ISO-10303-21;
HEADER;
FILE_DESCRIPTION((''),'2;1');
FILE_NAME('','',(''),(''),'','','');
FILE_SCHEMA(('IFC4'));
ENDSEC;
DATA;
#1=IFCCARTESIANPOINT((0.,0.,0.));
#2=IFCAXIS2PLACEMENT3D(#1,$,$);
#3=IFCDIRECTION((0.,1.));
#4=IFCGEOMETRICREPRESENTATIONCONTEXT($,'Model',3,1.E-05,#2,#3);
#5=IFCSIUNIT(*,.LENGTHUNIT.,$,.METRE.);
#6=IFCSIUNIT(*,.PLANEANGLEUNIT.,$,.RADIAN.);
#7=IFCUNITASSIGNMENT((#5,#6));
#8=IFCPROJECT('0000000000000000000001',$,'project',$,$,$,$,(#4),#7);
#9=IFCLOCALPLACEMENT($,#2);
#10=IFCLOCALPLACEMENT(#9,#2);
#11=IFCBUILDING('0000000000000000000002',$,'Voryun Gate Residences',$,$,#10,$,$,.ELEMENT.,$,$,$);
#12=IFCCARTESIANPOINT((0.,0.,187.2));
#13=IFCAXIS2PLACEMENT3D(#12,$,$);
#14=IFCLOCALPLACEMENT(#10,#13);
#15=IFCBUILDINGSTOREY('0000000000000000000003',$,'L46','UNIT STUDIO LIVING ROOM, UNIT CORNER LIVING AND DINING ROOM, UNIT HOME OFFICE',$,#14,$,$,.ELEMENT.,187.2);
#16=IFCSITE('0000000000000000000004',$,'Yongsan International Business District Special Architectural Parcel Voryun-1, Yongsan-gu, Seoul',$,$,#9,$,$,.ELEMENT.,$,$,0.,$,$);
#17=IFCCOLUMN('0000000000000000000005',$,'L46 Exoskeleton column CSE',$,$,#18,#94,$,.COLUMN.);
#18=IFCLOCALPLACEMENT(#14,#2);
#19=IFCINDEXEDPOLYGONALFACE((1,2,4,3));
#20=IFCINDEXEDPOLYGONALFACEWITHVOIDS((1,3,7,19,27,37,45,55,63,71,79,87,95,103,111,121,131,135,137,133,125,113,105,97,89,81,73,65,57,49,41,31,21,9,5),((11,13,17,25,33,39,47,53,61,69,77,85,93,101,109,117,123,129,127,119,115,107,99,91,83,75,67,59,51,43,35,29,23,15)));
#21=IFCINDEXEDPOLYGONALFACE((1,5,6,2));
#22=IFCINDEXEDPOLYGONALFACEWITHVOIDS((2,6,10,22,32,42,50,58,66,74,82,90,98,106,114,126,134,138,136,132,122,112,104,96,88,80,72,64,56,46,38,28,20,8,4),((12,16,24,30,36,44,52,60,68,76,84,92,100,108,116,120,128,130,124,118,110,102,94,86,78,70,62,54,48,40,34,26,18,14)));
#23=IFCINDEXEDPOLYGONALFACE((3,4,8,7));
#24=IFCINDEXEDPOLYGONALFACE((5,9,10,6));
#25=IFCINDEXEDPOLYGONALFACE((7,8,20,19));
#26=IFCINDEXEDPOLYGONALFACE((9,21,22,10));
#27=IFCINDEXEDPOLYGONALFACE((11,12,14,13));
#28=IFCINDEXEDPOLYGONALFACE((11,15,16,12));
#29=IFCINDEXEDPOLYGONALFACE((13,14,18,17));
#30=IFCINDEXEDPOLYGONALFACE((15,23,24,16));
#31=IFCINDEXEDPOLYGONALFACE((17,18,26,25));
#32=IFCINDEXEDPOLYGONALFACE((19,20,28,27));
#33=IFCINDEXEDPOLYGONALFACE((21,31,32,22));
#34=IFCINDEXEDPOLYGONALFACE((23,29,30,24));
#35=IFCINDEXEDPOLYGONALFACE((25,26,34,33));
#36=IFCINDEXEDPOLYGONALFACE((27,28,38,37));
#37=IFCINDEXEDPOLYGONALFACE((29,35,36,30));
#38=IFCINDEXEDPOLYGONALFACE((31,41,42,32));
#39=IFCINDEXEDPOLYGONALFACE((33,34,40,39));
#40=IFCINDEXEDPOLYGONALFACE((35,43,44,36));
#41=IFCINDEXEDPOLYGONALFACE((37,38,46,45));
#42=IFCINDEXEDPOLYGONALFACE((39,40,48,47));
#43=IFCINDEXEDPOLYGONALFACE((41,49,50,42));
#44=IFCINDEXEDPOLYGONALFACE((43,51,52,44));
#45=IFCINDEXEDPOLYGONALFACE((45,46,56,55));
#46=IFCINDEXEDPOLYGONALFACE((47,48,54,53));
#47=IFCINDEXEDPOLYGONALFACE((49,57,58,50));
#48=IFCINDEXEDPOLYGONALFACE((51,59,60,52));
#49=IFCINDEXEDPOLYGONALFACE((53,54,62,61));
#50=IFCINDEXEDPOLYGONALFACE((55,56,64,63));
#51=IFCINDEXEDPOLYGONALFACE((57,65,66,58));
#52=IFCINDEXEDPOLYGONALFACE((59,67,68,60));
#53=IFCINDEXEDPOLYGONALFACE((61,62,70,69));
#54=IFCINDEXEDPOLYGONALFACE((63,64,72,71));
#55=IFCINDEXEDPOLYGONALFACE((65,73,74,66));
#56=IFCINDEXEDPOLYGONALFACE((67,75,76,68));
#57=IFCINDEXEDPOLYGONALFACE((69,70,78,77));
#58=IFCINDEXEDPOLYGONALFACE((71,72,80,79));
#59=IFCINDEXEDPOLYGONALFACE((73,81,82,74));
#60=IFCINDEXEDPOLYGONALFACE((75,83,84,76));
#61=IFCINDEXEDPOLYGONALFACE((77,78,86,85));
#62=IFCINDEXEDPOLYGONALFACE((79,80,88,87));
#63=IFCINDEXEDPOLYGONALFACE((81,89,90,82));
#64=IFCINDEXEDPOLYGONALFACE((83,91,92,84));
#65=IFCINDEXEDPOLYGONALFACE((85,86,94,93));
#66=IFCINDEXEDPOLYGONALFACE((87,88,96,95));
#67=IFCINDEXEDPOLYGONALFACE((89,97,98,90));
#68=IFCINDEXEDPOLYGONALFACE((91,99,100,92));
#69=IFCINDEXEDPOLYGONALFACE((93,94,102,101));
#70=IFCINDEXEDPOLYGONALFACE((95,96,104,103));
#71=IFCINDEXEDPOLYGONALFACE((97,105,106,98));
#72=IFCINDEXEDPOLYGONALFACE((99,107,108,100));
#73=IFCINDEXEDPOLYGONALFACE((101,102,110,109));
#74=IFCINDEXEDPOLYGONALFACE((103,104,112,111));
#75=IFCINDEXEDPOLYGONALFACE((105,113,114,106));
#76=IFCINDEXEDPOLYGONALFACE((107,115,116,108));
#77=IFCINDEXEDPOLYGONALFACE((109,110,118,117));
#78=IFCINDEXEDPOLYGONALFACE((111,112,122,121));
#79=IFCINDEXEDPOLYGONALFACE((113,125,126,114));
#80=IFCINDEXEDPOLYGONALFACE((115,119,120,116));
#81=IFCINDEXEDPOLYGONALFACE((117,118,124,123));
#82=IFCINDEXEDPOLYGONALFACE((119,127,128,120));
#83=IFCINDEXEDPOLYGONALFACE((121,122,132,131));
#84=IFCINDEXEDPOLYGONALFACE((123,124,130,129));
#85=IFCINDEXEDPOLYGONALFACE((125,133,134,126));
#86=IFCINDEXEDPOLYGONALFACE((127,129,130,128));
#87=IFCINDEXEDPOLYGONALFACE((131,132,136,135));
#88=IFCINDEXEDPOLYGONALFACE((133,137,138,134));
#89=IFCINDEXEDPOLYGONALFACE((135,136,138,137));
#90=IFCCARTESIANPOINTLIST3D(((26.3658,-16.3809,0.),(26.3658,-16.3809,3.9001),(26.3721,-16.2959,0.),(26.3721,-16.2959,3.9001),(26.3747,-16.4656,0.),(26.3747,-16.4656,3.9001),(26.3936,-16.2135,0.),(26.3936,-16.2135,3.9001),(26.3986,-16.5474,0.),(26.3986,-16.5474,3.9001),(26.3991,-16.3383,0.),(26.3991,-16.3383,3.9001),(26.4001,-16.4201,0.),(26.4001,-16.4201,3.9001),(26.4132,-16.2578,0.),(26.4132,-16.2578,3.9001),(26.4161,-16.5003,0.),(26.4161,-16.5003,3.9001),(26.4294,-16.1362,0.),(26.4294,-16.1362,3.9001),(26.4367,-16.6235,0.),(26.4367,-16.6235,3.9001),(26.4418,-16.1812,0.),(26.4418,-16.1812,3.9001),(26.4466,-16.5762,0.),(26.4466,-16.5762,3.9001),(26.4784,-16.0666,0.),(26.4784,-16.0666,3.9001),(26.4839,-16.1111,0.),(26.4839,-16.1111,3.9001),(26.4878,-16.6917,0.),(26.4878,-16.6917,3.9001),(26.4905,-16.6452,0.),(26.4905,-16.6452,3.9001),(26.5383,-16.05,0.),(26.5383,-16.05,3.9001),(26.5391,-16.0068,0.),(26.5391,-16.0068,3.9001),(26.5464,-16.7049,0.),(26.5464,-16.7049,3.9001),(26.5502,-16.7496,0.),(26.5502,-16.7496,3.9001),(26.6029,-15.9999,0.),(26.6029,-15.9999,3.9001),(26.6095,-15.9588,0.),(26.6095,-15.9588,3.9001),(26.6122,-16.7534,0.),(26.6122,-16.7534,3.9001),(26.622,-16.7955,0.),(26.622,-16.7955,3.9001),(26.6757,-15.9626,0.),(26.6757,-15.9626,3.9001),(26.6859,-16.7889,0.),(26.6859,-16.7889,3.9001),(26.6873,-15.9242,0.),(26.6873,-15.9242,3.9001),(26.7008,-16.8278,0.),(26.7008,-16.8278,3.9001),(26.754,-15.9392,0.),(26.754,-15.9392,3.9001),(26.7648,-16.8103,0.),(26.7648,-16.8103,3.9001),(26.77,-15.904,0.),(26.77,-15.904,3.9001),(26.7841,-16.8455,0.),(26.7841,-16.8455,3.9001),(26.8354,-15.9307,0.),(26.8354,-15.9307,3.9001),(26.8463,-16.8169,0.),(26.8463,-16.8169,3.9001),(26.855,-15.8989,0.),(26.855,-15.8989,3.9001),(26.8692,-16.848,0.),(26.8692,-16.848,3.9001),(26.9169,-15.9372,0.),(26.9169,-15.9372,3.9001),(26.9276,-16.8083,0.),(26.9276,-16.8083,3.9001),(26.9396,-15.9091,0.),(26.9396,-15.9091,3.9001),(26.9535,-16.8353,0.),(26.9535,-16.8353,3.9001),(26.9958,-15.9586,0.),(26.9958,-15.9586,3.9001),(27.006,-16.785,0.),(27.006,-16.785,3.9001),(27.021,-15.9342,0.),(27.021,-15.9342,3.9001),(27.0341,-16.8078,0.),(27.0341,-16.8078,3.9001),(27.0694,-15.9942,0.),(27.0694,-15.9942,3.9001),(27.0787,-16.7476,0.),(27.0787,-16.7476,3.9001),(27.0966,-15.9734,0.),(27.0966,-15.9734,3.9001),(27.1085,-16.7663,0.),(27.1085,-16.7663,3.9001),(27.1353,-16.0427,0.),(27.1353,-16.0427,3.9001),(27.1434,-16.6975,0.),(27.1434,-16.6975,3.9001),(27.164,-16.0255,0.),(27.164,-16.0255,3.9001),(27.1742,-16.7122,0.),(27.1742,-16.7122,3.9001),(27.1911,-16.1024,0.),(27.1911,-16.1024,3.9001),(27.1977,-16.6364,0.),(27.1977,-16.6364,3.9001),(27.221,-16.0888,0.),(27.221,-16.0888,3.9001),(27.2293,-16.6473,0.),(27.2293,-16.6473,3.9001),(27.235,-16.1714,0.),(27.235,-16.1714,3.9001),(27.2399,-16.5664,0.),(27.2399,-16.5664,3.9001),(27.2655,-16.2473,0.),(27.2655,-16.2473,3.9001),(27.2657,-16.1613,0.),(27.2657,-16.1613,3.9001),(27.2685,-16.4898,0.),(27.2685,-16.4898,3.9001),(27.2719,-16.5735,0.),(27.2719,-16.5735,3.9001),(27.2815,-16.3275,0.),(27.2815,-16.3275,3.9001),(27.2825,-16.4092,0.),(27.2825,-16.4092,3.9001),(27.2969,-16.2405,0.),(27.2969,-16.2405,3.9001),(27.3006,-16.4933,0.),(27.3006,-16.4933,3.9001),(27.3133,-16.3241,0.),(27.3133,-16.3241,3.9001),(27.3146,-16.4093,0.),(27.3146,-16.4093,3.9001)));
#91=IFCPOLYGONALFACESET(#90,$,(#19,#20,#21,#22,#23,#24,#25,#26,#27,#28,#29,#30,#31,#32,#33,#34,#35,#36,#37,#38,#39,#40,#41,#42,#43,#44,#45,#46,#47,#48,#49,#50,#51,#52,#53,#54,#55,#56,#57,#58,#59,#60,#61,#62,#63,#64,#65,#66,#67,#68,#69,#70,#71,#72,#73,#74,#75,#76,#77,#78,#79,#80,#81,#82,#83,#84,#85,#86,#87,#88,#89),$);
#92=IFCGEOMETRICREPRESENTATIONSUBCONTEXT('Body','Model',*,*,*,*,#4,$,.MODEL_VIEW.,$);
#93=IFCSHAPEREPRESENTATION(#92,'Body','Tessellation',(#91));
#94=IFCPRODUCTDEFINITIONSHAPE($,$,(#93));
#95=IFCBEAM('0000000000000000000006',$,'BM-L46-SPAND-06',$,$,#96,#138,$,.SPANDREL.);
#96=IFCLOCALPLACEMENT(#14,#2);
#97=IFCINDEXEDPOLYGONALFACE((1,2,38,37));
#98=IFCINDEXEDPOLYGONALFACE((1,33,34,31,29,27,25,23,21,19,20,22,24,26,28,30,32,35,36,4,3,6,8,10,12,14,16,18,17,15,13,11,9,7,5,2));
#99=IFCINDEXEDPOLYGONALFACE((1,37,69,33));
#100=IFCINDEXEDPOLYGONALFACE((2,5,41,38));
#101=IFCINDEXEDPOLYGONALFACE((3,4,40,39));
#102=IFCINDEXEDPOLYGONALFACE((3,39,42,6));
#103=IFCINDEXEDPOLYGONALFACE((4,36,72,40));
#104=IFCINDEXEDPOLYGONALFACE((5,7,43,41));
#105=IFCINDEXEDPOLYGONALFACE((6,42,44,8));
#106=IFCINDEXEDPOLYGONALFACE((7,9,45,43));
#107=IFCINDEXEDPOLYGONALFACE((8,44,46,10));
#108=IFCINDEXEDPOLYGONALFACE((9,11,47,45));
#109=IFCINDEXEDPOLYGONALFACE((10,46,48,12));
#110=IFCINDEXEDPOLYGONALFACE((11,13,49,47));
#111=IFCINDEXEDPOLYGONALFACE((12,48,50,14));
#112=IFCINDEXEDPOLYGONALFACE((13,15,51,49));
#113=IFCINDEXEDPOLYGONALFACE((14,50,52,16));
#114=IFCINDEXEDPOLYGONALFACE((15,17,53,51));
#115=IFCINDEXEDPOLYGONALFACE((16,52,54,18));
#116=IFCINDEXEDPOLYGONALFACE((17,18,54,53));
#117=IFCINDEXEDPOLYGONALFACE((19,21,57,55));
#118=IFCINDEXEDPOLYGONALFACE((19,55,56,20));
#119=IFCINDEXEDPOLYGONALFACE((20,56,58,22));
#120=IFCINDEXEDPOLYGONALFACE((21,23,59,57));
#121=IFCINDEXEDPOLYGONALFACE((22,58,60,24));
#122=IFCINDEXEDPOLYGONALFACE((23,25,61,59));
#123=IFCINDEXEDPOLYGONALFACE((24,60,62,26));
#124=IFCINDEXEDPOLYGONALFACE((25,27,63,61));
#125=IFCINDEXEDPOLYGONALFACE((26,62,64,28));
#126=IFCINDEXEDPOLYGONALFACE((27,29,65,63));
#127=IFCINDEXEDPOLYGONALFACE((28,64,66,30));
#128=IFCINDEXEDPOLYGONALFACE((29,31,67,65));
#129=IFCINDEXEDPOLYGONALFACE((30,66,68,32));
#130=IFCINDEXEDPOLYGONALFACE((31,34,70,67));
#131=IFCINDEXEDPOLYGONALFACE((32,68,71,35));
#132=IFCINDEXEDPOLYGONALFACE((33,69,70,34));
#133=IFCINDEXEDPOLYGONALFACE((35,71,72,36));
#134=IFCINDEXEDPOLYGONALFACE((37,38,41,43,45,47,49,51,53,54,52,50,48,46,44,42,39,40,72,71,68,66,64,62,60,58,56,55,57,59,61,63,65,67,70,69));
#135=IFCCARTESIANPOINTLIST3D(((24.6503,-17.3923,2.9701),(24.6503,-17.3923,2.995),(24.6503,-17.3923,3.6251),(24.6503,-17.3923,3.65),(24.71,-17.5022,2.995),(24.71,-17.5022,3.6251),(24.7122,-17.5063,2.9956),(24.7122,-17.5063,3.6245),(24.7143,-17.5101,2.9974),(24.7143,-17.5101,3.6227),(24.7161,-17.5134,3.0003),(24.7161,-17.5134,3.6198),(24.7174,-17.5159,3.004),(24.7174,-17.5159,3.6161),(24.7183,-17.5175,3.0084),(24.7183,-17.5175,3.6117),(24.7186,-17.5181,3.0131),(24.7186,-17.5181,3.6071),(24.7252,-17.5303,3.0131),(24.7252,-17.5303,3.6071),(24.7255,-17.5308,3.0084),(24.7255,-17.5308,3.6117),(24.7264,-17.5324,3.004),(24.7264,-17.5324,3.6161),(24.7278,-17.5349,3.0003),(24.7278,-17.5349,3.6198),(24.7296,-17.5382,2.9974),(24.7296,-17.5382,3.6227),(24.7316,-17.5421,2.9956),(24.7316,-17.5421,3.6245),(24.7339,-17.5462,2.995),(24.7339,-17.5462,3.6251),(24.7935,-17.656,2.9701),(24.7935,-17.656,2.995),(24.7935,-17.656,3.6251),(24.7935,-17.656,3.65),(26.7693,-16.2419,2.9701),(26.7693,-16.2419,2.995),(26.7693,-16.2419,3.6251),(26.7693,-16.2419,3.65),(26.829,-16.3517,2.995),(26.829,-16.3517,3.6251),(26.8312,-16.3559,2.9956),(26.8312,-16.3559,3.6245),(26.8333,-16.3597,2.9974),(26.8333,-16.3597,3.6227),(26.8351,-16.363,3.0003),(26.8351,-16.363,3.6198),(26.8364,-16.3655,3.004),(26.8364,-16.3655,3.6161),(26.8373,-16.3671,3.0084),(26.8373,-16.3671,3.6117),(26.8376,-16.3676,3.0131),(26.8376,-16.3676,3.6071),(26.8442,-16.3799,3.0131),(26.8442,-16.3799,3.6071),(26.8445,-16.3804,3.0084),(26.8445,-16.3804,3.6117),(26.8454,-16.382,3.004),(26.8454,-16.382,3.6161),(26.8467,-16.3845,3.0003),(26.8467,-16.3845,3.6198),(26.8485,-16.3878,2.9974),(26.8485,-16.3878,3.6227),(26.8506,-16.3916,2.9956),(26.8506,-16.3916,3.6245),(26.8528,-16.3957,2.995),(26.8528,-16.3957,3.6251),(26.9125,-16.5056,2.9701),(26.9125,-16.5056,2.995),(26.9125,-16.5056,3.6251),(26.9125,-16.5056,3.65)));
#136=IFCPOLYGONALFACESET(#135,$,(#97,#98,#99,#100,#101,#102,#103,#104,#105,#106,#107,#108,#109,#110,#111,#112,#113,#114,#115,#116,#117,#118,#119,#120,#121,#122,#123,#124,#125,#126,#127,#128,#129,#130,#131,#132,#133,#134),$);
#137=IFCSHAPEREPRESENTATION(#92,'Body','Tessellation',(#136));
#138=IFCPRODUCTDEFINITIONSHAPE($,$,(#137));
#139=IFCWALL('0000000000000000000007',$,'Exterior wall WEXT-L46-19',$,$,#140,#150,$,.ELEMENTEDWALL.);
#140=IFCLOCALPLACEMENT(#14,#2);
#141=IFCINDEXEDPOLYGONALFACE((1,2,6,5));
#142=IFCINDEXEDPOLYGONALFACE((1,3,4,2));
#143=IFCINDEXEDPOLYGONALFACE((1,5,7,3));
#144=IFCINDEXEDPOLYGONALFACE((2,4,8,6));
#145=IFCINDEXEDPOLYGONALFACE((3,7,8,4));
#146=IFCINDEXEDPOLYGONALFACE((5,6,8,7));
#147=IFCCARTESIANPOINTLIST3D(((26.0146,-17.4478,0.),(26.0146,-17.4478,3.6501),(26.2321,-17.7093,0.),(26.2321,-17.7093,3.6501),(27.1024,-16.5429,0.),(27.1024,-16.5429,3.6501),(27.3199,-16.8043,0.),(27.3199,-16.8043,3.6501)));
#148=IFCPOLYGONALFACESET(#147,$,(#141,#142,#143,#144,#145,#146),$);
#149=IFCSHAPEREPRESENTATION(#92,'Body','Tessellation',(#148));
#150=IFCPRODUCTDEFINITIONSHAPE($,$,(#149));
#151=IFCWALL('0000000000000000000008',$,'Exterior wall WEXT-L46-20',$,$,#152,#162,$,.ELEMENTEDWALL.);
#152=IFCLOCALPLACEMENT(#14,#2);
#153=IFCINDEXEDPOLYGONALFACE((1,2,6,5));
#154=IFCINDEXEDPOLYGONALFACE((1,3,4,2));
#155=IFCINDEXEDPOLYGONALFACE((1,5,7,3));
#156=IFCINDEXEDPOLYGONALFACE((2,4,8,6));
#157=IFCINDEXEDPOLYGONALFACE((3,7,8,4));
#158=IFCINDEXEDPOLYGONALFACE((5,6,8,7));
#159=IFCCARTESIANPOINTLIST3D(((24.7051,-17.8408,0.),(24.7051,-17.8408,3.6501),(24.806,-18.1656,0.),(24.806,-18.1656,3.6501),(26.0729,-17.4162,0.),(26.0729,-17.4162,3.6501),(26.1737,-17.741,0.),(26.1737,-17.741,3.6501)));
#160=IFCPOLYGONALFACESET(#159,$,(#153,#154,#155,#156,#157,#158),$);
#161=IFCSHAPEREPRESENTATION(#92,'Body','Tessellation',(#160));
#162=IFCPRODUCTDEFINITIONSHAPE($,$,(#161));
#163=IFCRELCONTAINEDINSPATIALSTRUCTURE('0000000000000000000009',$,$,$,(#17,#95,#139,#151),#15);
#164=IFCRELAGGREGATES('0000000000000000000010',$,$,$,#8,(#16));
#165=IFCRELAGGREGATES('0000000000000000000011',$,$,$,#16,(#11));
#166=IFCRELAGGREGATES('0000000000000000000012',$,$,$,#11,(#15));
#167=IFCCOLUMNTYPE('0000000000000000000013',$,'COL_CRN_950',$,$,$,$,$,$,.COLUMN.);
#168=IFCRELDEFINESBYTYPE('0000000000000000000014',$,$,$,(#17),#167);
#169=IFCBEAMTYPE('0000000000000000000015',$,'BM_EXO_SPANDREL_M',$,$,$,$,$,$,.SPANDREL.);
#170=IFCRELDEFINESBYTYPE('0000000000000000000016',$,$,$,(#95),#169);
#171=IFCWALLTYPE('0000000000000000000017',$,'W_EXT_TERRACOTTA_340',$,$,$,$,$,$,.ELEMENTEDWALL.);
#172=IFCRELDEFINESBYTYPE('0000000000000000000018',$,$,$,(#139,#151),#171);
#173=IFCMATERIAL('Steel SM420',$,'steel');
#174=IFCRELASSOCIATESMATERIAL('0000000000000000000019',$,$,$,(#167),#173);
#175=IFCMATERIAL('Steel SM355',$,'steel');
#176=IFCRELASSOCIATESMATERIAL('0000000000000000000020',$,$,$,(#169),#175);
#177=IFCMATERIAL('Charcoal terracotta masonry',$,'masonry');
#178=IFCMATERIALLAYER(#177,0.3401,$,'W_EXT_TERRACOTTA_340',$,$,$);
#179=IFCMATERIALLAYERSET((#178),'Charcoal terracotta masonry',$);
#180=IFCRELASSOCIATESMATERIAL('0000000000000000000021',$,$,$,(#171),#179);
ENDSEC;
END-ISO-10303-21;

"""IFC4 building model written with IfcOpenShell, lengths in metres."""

from ifc_helpers import new_model, si_unit, direction, frame, frame_2d, origin, origin_2d, place, context, subcontext, project, spatial, rectangle, hollow_circle, i_section, extrude, material, layer, layer_set, material_profile, profile_set, type_object, element, save


model = new_model("IFC4")

# Units and contexts
model_context = context("Model", 3, precision=1e-05, world=origin(), true_north=direction((0.0, 1.0)))
body_context = subcontext(model_context, "Body", "Model", "MODEL_VIEW")
ifc_project = project(units=[si_unit("LENGTHUNIT", "METRE"), si_unit("PLANEANGLEUNIT", "RADIAN")], contexts=[model_context])

# Site, building, storey
site_placement = place(None, origin())
site = spatial("IfcSite", under=ifc_project, at=site_placement, Name="Yongsan International Business District Special Architectural Parcel Voryun-1, Yongsan-gu, Seoul", CompositionType="ELEMENT", RefElevation=0.0)
building_placement = place(site_placement, origin())
building = spatial("IfcBuilding", under=site, at=building_placement, Name="Voryun Gate Residences", CompositionType="ELEMENT")
storey_placement = place(building_placement, frame((0.0, 0.0, 187.2)))
storey = spatial("IfcBuildingStorey", under=building, at=storey_placement, Name="L46", Description="UNIT STUDIO LIVING ROOM, UNIT CORNER LIVING AND DINING ROOM, UNIT HOME OFFICE", CompositionType="ELEMENT", Elevation=187.2)

# Column
ifc_material_1 = material(Name="Steel SM420", Category="steel")
ifc_material_profile_1 = material_profile(ifc_material_1, hollow_circle(Radius=0.4751, WallThickness=0.032, at=origin_2d()), Name="CHS-950x32")
ifc_profile_set_1 = profile_set([ifc_material_profile_1], Name="Steel SM420")
column_type = type_object("IfcColumnType", Name="COL_CRN_950", PredefinedType="COLUMN", material=ifc_profile_set_1)
column_placement = place(storey_placement, frame((26.8408, -16.3738, 0.0), z_axis=(0.0, 0.0, 1.0), x_axis=(0.994522, 0.104528, 0.0)))
element("IfcColumn", 1, at=column_placement, inside=storey, type_object=column_type, Name="L46 Exoskeleton column CSE", PredefinedType="COLUMN", context=body_context, shape_type="SweptSolid", body=[
    extrude(hollow_circle(Radius=0.4751, WallThickness=0.032, at=origin_2d()), origin(), (0.0, 0.0, 1.0), 3.9001),
])

# Beam
ifc_material_2 = material(Name="Steel SM355", Category="steel")
ifc_material_profile_2 = material_profile(ifc_material_2, i_section(OverallWidth=0.3, OverallDepth=0.6799, WebThickness=0.0139, FlangeThickness=0.0249, FilletRadius=0.0181, at=origin_2d()), Name="H-680x300x14x25")
ifc_profile_set_2 = profile_set([ifc_material_profile_2], Name="Steel SM355")
beam_type = type_object("IfcBeamType", Name="BM_EXO_SPANDREL_M", PredefinedType="SPANDREL", material=ifc_profile_set_2)
beam_placement = place(storey_placement, frame((24.7219, -17.5242, 3.3101), z_axis=(0.87883, 0.477134, 0.0), x_axis=(-0.477134, 0.87883, 0.0)))
element("IfcBeam", 2, at=beam_placement, inside=storey, type_object=beam_type, Name="BM-L46-SPAND-06", PredefinedType="SPANDREL", context=body_context, shape_type="SweptSolid", body=[
    extrude(i_section(OverallWidth=0.3, OverallDepth=0.6799, WebThickness=0.0139, FlangeThickness=0.0249, FilletRadius=0.0181, at=origin_2d()), origin(), (0.0, 0.0, 1.0), 2.4111),
])

# Shared definitions
ifc_material_3 = material(Name="Charcoal terracotta masonry", Category="masonry")
ifc_layer = layer(ifc_material_3, 0.3401, Name="W_EXT_TERRACOTTA_340")
ifc_layer_set = layer_set([ifc_layer], Name="Charcoal terracotta masonry")
wall_type = type_object("IfcWallType", Name="W_EXT_TERRACOTTA_340", PredefinedType="ELEMENTEDWALL", material=ifc_layer_set)

# Walls
wall_1_placement = place(storey_placement, frame((27.2112, -16.6736, 0.0), z_axis=(0.0, 0.0, 1.0), x_axis=(-0.768758, -0.639539, 0.0)))
element("IfcWall", 3, at=wall_1_placement, inside=storey, type_object=wall_type, Name="Exterior wall WEXT-L46-19", PredefinedType="ELEMENTEDWALL", context=body_context, shape_type="SweptSolid", body=[
    extrude(rectangle(XDim=1.415, YDim=0.3401, at=frame_2d((0.7075, 0.0))), origin(), (0.0, 0.0, 1.0), 3.6501),
])
wall_2_placement = place(storey_placement, frame((26.1233, -17.5786, 0.0), z_axis=(0.0, 0.0, 1.0), x_axis=(-0.955043, -0.296469, 0.0)))
element("IfcWall", 4, at=wall_2_placement, inside=storey, type_object=wall_type, Name="Exterior wall WEXT-L46-20", PredefinedType="ELEMENTEDWALL", context=body_context, shape_type="SweptSolid", body=[
    extrude(rectangle(XDim=1.4321, YDim=0.3401, at=frame_2d((0.7161, 0.0))), origin(), (0.0, 0.0, 1.0), 3.6501),
])

save(model, "model.ifc")
